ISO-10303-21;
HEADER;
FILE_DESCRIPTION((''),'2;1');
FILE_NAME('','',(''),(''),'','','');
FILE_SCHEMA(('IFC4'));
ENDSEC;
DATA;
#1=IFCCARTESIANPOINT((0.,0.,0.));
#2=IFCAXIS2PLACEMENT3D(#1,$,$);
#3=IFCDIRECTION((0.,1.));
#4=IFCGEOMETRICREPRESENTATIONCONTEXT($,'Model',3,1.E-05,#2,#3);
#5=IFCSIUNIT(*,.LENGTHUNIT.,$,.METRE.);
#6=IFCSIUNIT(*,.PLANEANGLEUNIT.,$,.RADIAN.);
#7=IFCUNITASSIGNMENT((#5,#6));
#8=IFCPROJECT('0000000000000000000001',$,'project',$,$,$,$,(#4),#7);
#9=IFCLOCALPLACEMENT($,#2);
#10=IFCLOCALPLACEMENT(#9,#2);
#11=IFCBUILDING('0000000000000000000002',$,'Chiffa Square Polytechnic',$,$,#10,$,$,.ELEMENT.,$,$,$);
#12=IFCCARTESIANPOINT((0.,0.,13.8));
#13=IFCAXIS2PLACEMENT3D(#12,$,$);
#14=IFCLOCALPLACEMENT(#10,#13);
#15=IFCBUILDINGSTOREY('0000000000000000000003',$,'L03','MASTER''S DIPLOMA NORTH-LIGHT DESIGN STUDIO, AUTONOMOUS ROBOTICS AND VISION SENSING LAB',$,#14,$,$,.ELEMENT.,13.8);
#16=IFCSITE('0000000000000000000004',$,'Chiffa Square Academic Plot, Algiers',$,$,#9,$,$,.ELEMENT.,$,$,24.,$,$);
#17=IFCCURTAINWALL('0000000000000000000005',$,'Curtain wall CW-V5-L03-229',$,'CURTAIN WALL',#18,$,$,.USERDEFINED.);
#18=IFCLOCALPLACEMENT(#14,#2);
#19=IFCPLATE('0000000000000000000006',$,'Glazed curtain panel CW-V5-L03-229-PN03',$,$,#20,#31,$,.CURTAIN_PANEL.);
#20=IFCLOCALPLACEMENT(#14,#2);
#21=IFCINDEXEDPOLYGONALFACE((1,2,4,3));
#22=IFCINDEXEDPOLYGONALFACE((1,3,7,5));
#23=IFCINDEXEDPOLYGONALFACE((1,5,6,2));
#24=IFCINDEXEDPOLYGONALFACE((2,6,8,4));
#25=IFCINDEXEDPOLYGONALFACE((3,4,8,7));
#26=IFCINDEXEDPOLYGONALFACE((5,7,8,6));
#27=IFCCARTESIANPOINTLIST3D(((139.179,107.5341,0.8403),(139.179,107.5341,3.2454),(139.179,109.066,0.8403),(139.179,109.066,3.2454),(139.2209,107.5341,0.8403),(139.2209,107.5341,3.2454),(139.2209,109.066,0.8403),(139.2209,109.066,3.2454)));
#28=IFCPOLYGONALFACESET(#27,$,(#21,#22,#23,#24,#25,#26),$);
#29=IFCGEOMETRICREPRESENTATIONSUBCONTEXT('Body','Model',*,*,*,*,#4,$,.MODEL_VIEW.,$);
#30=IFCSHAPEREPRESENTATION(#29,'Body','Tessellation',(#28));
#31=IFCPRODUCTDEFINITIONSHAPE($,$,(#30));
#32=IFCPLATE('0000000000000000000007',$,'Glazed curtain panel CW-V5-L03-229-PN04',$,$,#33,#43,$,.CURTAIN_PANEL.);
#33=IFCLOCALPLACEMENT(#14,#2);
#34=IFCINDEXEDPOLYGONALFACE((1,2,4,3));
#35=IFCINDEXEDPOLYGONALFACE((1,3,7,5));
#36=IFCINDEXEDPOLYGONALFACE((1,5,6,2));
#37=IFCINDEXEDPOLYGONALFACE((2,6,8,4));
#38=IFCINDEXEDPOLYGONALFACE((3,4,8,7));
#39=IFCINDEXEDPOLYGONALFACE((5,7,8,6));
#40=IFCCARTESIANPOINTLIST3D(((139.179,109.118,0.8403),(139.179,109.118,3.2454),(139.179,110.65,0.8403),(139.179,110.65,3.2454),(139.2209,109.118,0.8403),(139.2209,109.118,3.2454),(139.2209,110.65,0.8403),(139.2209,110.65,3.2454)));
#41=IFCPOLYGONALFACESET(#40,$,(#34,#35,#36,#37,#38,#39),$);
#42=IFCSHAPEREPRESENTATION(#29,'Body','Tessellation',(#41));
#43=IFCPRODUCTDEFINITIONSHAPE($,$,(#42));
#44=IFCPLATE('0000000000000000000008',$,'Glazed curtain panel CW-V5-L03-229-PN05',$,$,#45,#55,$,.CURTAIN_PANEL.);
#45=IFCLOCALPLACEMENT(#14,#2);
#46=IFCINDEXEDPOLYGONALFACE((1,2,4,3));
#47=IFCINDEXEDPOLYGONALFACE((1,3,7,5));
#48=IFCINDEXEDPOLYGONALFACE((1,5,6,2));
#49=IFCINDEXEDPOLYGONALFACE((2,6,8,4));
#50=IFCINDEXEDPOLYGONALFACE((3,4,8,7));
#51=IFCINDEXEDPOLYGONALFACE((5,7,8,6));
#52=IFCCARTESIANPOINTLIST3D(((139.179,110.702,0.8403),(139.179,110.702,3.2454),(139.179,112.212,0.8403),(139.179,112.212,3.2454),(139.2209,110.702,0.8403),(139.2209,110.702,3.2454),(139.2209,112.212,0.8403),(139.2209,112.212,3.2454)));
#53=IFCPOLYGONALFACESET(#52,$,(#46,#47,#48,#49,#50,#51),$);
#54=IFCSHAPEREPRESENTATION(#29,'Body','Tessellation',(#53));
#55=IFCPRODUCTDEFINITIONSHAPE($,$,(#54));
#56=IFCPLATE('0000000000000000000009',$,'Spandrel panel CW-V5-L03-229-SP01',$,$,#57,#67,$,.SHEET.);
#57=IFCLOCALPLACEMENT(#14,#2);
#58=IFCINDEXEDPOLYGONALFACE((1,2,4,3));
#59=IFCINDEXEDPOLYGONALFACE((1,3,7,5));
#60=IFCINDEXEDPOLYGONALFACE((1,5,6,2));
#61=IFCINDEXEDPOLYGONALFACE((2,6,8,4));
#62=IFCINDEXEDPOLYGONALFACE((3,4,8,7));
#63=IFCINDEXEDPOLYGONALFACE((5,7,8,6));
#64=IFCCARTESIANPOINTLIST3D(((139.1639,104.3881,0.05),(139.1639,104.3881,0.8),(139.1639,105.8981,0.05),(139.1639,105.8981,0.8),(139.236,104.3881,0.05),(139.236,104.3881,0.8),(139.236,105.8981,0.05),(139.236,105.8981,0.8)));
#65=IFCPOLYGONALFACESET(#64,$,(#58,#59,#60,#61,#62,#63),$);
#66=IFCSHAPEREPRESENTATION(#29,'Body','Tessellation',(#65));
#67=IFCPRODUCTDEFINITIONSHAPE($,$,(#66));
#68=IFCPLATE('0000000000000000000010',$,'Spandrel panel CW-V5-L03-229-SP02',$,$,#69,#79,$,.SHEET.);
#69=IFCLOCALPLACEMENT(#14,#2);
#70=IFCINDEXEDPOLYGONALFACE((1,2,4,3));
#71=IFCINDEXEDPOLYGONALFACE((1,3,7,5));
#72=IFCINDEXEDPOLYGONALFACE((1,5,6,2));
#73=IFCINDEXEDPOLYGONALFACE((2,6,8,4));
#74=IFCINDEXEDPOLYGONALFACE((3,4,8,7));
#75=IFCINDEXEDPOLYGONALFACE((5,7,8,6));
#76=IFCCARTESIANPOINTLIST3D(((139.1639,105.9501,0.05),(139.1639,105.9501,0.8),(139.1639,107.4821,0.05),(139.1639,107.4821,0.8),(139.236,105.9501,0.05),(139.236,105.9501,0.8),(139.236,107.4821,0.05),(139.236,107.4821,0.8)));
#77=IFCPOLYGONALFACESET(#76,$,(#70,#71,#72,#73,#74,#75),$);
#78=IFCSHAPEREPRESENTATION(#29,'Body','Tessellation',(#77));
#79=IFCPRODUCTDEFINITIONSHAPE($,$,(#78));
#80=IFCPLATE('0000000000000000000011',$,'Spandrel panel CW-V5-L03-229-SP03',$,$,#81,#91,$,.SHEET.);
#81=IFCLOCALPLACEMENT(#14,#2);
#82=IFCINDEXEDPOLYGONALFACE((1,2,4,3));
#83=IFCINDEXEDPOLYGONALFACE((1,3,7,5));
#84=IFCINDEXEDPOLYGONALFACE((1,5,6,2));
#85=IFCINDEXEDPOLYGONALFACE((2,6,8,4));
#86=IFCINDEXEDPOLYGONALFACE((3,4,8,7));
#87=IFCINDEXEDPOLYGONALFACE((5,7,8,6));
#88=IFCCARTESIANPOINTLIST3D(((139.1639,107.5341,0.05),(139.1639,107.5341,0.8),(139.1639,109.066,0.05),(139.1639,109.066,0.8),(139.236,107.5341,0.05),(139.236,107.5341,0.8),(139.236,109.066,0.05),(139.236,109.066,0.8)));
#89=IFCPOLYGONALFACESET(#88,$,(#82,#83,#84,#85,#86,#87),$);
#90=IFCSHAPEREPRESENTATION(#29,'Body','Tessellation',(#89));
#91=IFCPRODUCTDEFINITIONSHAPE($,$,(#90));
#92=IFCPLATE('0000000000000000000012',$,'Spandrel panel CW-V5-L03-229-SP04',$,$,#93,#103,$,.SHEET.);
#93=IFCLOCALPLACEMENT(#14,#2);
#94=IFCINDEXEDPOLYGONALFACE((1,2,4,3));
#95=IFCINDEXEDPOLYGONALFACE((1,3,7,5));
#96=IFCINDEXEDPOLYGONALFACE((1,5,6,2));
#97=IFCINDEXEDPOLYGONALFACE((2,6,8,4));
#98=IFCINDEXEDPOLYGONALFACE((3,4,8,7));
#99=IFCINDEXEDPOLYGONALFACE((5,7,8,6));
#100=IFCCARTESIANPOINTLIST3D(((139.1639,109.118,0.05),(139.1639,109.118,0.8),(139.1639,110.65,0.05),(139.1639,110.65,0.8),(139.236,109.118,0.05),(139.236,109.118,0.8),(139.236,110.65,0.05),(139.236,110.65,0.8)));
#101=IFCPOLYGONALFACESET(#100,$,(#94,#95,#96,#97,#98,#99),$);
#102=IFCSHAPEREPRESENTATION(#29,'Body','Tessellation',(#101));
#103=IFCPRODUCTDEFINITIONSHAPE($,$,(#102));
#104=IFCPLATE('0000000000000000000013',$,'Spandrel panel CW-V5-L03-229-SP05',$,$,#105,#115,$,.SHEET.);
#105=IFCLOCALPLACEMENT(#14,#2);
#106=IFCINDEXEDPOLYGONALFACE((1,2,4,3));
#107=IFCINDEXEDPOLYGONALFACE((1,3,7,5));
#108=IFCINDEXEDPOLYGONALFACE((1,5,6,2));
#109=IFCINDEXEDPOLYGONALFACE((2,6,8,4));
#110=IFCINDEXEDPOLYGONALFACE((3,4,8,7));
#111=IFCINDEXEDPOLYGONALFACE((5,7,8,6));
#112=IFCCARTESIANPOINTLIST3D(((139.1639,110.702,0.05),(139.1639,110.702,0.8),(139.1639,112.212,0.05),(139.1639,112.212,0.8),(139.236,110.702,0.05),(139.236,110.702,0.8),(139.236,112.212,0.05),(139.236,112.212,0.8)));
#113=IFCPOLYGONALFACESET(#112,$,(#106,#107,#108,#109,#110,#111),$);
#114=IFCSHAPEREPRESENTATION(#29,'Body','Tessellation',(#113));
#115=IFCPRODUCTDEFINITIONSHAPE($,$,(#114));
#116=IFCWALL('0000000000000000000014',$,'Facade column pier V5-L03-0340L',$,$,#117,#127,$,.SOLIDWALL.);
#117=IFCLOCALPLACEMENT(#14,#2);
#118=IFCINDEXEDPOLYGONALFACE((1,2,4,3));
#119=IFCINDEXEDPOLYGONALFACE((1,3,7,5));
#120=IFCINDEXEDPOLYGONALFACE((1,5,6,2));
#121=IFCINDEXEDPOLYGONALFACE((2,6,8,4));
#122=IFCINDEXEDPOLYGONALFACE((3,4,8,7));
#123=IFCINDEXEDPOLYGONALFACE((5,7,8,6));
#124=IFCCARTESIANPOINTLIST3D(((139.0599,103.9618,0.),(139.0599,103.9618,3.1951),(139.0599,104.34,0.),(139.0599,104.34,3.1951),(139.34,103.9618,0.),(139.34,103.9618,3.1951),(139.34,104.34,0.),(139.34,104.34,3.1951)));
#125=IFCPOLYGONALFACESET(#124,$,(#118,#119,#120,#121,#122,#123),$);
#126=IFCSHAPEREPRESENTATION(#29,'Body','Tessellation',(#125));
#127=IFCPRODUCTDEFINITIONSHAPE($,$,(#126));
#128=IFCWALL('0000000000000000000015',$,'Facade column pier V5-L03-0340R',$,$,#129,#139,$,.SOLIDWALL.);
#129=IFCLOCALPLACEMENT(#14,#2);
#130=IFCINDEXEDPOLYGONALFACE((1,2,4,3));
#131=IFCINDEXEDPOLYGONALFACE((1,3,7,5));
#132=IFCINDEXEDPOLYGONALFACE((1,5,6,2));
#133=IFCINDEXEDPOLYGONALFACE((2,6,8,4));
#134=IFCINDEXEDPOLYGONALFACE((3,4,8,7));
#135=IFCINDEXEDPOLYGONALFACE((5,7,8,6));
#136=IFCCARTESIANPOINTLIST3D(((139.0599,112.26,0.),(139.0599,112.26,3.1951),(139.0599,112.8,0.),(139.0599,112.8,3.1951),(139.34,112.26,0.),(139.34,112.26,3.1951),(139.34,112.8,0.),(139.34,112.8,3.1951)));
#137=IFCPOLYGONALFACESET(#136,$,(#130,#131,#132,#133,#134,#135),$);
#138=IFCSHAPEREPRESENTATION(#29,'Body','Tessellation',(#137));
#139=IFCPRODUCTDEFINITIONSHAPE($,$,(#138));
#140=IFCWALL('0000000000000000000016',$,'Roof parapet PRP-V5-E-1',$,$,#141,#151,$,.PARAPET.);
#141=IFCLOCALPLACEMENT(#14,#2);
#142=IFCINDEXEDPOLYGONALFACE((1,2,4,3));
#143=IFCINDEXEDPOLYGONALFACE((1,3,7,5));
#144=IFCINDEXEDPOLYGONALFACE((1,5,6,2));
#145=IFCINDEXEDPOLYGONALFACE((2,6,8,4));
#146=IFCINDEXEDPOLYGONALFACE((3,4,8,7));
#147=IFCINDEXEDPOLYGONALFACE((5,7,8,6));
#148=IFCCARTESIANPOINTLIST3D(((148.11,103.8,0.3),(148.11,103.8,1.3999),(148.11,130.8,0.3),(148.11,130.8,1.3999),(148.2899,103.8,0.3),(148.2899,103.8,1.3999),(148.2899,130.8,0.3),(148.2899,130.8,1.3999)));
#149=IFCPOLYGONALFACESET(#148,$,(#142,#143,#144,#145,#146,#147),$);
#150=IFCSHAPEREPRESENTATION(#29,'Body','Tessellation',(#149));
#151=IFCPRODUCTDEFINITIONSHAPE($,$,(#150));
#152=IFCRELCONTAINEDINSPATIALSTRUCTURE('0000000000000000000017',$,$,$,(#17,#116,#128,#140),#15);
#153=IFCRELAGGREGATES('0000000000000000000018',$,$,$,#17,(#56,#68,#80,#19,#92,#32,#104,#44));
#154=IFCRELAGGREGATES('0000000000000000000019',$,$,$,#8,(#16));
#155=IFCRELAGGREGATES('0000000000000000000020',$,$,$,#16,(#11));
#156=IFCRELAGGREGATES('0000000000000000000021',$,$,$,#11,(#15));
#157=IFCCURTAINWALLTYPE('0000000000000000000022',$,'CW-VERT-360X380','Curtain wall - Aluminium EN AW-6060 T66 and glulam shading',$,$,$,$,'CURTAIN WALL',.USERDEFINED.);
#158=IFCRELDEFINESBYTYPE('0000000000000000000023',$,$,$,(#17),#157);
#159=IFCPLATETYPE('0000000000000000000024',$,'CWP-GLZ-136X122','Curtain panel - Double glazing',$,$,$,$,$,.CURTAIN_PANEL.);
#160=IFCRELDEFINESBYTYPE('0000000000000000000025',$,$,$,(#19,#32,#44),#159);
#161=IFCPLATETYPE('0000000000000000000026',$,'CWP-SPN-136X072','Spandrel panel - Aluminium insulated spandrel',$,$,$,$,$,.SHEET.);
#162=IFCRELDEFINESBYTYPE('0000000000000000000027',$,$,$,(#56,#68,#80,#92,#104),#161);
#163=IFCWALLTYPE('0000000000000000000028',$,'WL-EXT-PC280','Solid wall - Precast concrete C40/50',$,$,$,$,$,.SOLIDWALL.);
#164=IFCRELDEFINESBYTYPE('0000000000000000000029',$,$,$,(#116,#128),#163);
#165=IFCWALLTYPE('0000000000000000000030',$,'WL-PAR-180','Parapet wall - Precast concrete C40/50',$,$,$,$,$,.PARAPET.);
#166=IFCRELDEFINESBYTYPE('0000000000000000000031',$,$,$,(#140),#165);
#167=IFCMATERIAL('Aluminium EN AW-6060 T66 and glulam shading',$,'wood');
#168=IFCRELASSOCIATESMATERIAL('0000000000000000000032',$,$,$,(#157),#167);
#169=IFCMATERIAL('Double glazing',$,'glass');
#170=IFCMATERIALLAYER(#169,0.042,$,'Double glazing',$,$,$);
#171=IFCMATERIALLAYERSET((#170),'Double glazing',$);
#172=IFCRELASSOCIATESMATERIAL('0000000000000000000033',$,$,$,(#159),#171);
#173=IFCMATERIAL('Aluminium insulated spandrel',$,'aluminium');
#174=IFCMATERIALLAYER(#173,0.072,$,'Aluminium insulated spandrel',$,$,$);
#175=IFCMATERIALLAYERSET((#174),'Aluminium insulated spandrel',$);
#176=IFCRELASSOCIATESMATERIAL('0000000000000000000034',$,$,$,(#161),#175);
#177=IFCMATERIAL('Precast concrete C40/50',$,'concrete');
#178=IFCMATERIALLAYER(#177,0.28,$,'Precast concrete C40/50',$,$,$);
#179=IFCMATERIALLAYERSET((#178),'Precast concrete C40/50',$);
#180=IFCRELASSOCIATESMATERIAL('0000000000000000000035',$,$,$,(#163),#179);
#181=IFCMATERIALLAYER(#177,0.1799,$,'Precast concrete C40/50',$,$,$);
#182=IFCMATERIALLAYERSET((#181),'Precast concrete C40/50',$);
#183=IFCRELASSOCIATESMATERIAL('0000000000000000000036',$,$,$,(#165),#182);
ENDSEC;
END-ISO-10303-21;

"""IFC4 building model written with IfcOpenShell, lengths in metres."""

from ifc_helpers import new_model, si_unit, direction, frame, frame_2d, origin, origin_2d, place, context, subcontext, project, spatial, rectangle, extrude, material, layer, layer_set, type_object, element, aggregate, save


model = new_model("IFC4")

# Units and contexts
model_context = context("Model", 3, precision=1e-05, world=origin(), true_north=direction((0.0, 1.0)))
body_context = subcontext(model_context, "Body", "Model", "MODEL_VIEW")
ifc_project = project(units=[si_unit("LENGTHUNIT", "METRE"), si_unit("PLANEANGLEUNIT", "RADIAN")], contexts=[model_context])

# Site, building, storey
site_placement = place(None, origin())
site = spatial("IfcSite", under=ifc_project, at=site_placement, Name="Chiffa Square Academic Plot, Algiers", CompositionType="ELEMENT", RefElevation=24.0)
building_placement = place(site_placement, origin())
building = spatial("IfcBuilding", under=site, at=building_placement, Name="Chiffa Square Polytechnic", CompositionType="ELEMENT")
storey_placement = place(building_placement, frame((0.0, 0.0, 13.8)))
storey = spatial("IfcBuildingStorey", under=building, at=storey_placement, Name="L03", Description="MASTER'S DIPLOMA NORTH-LIGHT DESIGN STUDIO, AUTONOMOUS ROBOTICS AND VISION SENSING LAB", CompositionType="ELEMENT", Elevation=13.8)

# Curtain wall
ifc_material_1 = material(Name="Aluminium EN AW-6060 T66 and glulam shading", Category="wood")
curtain_wall_type = type_object("IfcCurtainWallType", Name="CW-VERT-360X380", Description="Curtain wall - Aluminium EN AW-6060 T66 and glulam shading", ElementType="CURTAIN WALL", PredefinedType="USERDEFINED", material=ifc_material_1)
curtain_wall_placement = place(storey_placement, origin())
curtain_wall = element("IfcCurtainWall", 1, at=curtain_wall_placement, inside=storey, type_object=curtain_wall_type, Name="Curtain wall CW-V5-L03-229", ObjectType="CURTAIN WALL", PredefinedType="USERDEFINED")

# Plates
ifc_material_2 = material(Name="Double glazing", Category="glass")
ifc_layer_1 = layer(ifc_material_2, 0.042, Name="Double glazing")
ifc_layer_set_1 = layer_set([ifc_layer_1], Name="Double glazing")
plate_type_1 = type_object("IfcPlateType", Name="CWP-GLZ-136X122", Description="Curtain panel - Double glazing", PredefinedType="CURTAIN_PANEL", material=ifc_layer_set_1)
plate_1_placement = place(storey_placement, frame((139.2, 108.3, 0.8403), z_axis=(0.0, 0.0, 1.0), x_axis=(0.0, 1.0, 0.0)))
plate_1 = element("IfcPlate", 2, at=plate_1_placement, type_object=plate_type_1, Name="Glazed curtain panel CW-V5-L03-229-PN03", PredefinedType="CURTAIN_PANEL", context=body_context, shape_type="SweptSolid", body=[
    extrude(rectangle(XDim=1.532, YDim=0.042, at=origin_2d()), origin(), (0.0, 0.0, 1.0), 2.405),
])
plate_2_placement = place(storey_placement, frame((139.2, 109.884, 0.8403), z_axis=(0.0, 0.0, 1.0), x_axis=(0.0, 1.0, 0.0)))
plate_2 = element("IfcPlate", 3, at=plate_2_placement, type_object=plate_type_1, Name="Glazed curtain panel CW-V5-L03-229-PN04", PredefinedType="CURTAIN_PANEL", context=body_context, shape_type="SweptSolid", body=[
    extrude(rectangle(XDim=1.532, YDim=0.042, at=origin_2d()), origin(), (0.0, 0.0, 1.0), 2.405),
])
plate_3_placement = place(storey_placement, frame((139.2, 111.457, 0.8403), z_axis=(0.0, 0.0, 1.0), x_axis=(0.0, 1.0, 0.0)))
plate_3 = element("IfcPlate", 4, at=plate_3_placement, type_object=plate_type_1, Name="Glazed curtain panel CW-V5-L03-229-PN05", PredefinedType="CURTAIN_PANEL", context=body_context, shape_type="SweptSolid", body=[
    extrude(rectangle(XDim=1.51, YDim=0.042, at=origin_2d()), origin(), (0.0, 0.0, 1.0), 2.405),
])
ifc_material_3 = material(Name="Aluminium insulated spandrel", Category="aluminium")
ifc_layer_2 = layer(ifc_material_3, 0.072, Name="Aluminium insulated spandrel")
ifc_layer_set_2 = layer_set([ifc_layer_2], Name="Aluminium insulated spandrel")
plate_type_2 = type_object("IfcPlateType", Name="CWP-SPN-136X072", Description="Spandrel panel - Aluminium insulated spandrel", PredefinedType="SHEET", material=ifc_layer_set_2)
plate_4_placement = place(storey_placement, frame((139.2, 105.1431, 0.05), z_axis=(0.0, 0.0, 1.0), x_axis=(0.0, 1.0, 0.0)))
plate_4 = element("IfcPlate", 5, at=plate_4_placement, type_object=plate_type_2, Name="Spandrel panel CW-V5-L03-229-SP01", PredefinedType="SHEET", context=body_context, shape_type="SweptSolid", body=[
    extrude(rectangle(XDim=1.51, YDim=0.072, at=origin_2d()), origin(), (0.0, 0.0, 1.0), 0.75),
])
plate_5_placement = place(storey_placement, frame((139.2, 106.7161, 0.05), z_axis=(0.0, 0.0, 1.0), x_axis=(0.0, 1.0, 0.0)))
plate_5 = element("IfcPlate", 6, at=plate_5_placement, type_object=plate_type_2, Name="Spandrel panel CW-V5-L03-229-SP02", PredefinedType="SHEET", context=body_context, shape_type="SweptSolid", body=[
    extrude(rectangle(XDim=1.532, YDim=0.072, at=origin_2d()), origin(), (0.0, 0.0, 1.0), 0.75),
])
plate_6_placement = place(storey_placement, frame((139.2, 108.3, 0.05), z_axis=(0.0, 0.0, 1.0), x_axis=(0.0, 1.0, 0.0)))
plate_6 = element("IfcPlate", 7, at=plate_6_placement, type_object=plate_type_2, Name="Spandrel panel CW-V5-L03-229-SP03", PredefinedType="SHEET", context=body_context, shape_type="SweptSolid", body=[
    extrude(rectangle(XDim=1.532, YDim=0.072, at=origin_2d()), origin(), (0.0, 0.0, 1.0), 0.75),
])
plate_7_placement = place(storey_placement, frame((139.2, 109.884, 0.05), z_axis=(0.0, 0.0, 1.0), x_axis=(0.0, 1.0, 0.0)))
plate_7 = element("IfcPlate", 8, at=plate_7_placement, type_object=plate_type_2, Name="Spandrel panel CW-V5-L03-229-SP04", PredefinedType="SHEET", context=body_context, shape_type="SweptSolid", body=[
    extrude(rectangle(XDim=1.532, YDim=0.072, at=origin_2d()), origin(), (0.0, 0.0, 1.0), 0.75),
])
plate_8_placement = place(storey_placement, frame((139.2, 111.457, 0.05), z_axis=(0.0, 0.0, 1.0), x_axis=(0.0, 1.0, 0.0)))
plate_8 = element("IfcPlate", 9, at=plate_8_placement, type_object=plate_type_2, Name="Spandrel panel CW-V5-L03-229-SP05", PredefinedType="SHEET", context=body_context, shape_type="SweptSolid", body=[
    extrude(rectangle(XDim=1.51, YDim=0.072, at=origin_2d()), origin(), (0.0, 0.0, 1.0), 0.75),
])
aggregate(curtain_wall, [plate_4, plate_5, plate_6, plate_1, plate_7, plate_2, plate_8, plate_3])

# Walls
ifc_material_4 = material(Name="Precast concrete C40/50", Category="concrete")
ifc_layer_3 = layer(ifc_material_4, 0.28, Name="Precast concrete C40/50")
ifc_layer_set_3 = layer_set([ifc_layer_3], Name="Precast concrete C40/50")
wall_type_1 = type_object("IfcWallType", Name="WL-EXT-PC280", Description="Solid wall - Precast concrete C40/50", PredefinedType="SOLIDWALL", material=ifc_layer_set_3)
wall_1_placement = place(storey_placement, frame((139.2, 103.9619, 0.0), z_axis=(0.0, 0.0, 1.0), x_axis=(0.0, 1.0, 0.0)))
element("IfcWall", 10, at=wall_1_placement, inside=storey, type_object=wall_type_1, Name="Facade column pier V5-L03-0340L", PredefinedType="SOLIDWALL", context=body_context, shape_type="SweptSolid", body=[
    extrude(rectangle(XDim=0.3782, YDim=0.28, at=frame_2d((0.189, 0.0))), origin(), (0.0, 0.0, 1.0), 3.1951),
])
wall_2_placement = place(storey_placement, frame((139.2, 112.26, 0.0), z_axis=(0.0, 0.0, 1.0), x_axis=(0.0, 1.0, 0.0)))
element("IfcWall", 11, at=wall_2_placement, inside=storey, type_object=wall_type_1, Name="Facade column pier V5-L03-0340R", PredefinedType="SOLIDWALL", context=body_context, shape_type="SweptSolid", body=[
    extrude(rectangle(XDim=0.54, YDim=0.28, at=frame_2d((0.27, 0.0))), origin(), (0.0, 0.0, 1.0), 3.1951),
])
ifc_layer_4 = layer(ifc_material_4, 0.1799, Name="Precast concrete C40/50")
ifc_layer_set_4 = layer_set([ifc_layer_4], Name="Precast concrete C40/50")
wall_type_2 = type_object("IfcWallType", Name="WL-PAR-180", Description="Parapet wall - Precast concrete C40/50", PredefinedType="PARAPET", material=ifc_layer_set_4)
wall_3_placement = place(storey_placement, frame((148.2, 103.8, 0.3), z_axis=(0.0, 0.0, 1.0), x_axis=(0.0, 1.0, 0.0)))
element("IfcWall", 12, at=wall_3_placement, inside=storey, type_object=wall_type_2, Name="Roof parapet PRP-V5-E-1", PredefinedType="PARAPET", context=body_context, shape_type="SweptSolid", body=[
    extrude(rectangle(XDim=27.0, YDim=0.1799, at=frame_2d((13.5, 0.0))), origin(), (0.0, 0.0, 1.0), 1.0999),
])

save(model, "model.ifc")
